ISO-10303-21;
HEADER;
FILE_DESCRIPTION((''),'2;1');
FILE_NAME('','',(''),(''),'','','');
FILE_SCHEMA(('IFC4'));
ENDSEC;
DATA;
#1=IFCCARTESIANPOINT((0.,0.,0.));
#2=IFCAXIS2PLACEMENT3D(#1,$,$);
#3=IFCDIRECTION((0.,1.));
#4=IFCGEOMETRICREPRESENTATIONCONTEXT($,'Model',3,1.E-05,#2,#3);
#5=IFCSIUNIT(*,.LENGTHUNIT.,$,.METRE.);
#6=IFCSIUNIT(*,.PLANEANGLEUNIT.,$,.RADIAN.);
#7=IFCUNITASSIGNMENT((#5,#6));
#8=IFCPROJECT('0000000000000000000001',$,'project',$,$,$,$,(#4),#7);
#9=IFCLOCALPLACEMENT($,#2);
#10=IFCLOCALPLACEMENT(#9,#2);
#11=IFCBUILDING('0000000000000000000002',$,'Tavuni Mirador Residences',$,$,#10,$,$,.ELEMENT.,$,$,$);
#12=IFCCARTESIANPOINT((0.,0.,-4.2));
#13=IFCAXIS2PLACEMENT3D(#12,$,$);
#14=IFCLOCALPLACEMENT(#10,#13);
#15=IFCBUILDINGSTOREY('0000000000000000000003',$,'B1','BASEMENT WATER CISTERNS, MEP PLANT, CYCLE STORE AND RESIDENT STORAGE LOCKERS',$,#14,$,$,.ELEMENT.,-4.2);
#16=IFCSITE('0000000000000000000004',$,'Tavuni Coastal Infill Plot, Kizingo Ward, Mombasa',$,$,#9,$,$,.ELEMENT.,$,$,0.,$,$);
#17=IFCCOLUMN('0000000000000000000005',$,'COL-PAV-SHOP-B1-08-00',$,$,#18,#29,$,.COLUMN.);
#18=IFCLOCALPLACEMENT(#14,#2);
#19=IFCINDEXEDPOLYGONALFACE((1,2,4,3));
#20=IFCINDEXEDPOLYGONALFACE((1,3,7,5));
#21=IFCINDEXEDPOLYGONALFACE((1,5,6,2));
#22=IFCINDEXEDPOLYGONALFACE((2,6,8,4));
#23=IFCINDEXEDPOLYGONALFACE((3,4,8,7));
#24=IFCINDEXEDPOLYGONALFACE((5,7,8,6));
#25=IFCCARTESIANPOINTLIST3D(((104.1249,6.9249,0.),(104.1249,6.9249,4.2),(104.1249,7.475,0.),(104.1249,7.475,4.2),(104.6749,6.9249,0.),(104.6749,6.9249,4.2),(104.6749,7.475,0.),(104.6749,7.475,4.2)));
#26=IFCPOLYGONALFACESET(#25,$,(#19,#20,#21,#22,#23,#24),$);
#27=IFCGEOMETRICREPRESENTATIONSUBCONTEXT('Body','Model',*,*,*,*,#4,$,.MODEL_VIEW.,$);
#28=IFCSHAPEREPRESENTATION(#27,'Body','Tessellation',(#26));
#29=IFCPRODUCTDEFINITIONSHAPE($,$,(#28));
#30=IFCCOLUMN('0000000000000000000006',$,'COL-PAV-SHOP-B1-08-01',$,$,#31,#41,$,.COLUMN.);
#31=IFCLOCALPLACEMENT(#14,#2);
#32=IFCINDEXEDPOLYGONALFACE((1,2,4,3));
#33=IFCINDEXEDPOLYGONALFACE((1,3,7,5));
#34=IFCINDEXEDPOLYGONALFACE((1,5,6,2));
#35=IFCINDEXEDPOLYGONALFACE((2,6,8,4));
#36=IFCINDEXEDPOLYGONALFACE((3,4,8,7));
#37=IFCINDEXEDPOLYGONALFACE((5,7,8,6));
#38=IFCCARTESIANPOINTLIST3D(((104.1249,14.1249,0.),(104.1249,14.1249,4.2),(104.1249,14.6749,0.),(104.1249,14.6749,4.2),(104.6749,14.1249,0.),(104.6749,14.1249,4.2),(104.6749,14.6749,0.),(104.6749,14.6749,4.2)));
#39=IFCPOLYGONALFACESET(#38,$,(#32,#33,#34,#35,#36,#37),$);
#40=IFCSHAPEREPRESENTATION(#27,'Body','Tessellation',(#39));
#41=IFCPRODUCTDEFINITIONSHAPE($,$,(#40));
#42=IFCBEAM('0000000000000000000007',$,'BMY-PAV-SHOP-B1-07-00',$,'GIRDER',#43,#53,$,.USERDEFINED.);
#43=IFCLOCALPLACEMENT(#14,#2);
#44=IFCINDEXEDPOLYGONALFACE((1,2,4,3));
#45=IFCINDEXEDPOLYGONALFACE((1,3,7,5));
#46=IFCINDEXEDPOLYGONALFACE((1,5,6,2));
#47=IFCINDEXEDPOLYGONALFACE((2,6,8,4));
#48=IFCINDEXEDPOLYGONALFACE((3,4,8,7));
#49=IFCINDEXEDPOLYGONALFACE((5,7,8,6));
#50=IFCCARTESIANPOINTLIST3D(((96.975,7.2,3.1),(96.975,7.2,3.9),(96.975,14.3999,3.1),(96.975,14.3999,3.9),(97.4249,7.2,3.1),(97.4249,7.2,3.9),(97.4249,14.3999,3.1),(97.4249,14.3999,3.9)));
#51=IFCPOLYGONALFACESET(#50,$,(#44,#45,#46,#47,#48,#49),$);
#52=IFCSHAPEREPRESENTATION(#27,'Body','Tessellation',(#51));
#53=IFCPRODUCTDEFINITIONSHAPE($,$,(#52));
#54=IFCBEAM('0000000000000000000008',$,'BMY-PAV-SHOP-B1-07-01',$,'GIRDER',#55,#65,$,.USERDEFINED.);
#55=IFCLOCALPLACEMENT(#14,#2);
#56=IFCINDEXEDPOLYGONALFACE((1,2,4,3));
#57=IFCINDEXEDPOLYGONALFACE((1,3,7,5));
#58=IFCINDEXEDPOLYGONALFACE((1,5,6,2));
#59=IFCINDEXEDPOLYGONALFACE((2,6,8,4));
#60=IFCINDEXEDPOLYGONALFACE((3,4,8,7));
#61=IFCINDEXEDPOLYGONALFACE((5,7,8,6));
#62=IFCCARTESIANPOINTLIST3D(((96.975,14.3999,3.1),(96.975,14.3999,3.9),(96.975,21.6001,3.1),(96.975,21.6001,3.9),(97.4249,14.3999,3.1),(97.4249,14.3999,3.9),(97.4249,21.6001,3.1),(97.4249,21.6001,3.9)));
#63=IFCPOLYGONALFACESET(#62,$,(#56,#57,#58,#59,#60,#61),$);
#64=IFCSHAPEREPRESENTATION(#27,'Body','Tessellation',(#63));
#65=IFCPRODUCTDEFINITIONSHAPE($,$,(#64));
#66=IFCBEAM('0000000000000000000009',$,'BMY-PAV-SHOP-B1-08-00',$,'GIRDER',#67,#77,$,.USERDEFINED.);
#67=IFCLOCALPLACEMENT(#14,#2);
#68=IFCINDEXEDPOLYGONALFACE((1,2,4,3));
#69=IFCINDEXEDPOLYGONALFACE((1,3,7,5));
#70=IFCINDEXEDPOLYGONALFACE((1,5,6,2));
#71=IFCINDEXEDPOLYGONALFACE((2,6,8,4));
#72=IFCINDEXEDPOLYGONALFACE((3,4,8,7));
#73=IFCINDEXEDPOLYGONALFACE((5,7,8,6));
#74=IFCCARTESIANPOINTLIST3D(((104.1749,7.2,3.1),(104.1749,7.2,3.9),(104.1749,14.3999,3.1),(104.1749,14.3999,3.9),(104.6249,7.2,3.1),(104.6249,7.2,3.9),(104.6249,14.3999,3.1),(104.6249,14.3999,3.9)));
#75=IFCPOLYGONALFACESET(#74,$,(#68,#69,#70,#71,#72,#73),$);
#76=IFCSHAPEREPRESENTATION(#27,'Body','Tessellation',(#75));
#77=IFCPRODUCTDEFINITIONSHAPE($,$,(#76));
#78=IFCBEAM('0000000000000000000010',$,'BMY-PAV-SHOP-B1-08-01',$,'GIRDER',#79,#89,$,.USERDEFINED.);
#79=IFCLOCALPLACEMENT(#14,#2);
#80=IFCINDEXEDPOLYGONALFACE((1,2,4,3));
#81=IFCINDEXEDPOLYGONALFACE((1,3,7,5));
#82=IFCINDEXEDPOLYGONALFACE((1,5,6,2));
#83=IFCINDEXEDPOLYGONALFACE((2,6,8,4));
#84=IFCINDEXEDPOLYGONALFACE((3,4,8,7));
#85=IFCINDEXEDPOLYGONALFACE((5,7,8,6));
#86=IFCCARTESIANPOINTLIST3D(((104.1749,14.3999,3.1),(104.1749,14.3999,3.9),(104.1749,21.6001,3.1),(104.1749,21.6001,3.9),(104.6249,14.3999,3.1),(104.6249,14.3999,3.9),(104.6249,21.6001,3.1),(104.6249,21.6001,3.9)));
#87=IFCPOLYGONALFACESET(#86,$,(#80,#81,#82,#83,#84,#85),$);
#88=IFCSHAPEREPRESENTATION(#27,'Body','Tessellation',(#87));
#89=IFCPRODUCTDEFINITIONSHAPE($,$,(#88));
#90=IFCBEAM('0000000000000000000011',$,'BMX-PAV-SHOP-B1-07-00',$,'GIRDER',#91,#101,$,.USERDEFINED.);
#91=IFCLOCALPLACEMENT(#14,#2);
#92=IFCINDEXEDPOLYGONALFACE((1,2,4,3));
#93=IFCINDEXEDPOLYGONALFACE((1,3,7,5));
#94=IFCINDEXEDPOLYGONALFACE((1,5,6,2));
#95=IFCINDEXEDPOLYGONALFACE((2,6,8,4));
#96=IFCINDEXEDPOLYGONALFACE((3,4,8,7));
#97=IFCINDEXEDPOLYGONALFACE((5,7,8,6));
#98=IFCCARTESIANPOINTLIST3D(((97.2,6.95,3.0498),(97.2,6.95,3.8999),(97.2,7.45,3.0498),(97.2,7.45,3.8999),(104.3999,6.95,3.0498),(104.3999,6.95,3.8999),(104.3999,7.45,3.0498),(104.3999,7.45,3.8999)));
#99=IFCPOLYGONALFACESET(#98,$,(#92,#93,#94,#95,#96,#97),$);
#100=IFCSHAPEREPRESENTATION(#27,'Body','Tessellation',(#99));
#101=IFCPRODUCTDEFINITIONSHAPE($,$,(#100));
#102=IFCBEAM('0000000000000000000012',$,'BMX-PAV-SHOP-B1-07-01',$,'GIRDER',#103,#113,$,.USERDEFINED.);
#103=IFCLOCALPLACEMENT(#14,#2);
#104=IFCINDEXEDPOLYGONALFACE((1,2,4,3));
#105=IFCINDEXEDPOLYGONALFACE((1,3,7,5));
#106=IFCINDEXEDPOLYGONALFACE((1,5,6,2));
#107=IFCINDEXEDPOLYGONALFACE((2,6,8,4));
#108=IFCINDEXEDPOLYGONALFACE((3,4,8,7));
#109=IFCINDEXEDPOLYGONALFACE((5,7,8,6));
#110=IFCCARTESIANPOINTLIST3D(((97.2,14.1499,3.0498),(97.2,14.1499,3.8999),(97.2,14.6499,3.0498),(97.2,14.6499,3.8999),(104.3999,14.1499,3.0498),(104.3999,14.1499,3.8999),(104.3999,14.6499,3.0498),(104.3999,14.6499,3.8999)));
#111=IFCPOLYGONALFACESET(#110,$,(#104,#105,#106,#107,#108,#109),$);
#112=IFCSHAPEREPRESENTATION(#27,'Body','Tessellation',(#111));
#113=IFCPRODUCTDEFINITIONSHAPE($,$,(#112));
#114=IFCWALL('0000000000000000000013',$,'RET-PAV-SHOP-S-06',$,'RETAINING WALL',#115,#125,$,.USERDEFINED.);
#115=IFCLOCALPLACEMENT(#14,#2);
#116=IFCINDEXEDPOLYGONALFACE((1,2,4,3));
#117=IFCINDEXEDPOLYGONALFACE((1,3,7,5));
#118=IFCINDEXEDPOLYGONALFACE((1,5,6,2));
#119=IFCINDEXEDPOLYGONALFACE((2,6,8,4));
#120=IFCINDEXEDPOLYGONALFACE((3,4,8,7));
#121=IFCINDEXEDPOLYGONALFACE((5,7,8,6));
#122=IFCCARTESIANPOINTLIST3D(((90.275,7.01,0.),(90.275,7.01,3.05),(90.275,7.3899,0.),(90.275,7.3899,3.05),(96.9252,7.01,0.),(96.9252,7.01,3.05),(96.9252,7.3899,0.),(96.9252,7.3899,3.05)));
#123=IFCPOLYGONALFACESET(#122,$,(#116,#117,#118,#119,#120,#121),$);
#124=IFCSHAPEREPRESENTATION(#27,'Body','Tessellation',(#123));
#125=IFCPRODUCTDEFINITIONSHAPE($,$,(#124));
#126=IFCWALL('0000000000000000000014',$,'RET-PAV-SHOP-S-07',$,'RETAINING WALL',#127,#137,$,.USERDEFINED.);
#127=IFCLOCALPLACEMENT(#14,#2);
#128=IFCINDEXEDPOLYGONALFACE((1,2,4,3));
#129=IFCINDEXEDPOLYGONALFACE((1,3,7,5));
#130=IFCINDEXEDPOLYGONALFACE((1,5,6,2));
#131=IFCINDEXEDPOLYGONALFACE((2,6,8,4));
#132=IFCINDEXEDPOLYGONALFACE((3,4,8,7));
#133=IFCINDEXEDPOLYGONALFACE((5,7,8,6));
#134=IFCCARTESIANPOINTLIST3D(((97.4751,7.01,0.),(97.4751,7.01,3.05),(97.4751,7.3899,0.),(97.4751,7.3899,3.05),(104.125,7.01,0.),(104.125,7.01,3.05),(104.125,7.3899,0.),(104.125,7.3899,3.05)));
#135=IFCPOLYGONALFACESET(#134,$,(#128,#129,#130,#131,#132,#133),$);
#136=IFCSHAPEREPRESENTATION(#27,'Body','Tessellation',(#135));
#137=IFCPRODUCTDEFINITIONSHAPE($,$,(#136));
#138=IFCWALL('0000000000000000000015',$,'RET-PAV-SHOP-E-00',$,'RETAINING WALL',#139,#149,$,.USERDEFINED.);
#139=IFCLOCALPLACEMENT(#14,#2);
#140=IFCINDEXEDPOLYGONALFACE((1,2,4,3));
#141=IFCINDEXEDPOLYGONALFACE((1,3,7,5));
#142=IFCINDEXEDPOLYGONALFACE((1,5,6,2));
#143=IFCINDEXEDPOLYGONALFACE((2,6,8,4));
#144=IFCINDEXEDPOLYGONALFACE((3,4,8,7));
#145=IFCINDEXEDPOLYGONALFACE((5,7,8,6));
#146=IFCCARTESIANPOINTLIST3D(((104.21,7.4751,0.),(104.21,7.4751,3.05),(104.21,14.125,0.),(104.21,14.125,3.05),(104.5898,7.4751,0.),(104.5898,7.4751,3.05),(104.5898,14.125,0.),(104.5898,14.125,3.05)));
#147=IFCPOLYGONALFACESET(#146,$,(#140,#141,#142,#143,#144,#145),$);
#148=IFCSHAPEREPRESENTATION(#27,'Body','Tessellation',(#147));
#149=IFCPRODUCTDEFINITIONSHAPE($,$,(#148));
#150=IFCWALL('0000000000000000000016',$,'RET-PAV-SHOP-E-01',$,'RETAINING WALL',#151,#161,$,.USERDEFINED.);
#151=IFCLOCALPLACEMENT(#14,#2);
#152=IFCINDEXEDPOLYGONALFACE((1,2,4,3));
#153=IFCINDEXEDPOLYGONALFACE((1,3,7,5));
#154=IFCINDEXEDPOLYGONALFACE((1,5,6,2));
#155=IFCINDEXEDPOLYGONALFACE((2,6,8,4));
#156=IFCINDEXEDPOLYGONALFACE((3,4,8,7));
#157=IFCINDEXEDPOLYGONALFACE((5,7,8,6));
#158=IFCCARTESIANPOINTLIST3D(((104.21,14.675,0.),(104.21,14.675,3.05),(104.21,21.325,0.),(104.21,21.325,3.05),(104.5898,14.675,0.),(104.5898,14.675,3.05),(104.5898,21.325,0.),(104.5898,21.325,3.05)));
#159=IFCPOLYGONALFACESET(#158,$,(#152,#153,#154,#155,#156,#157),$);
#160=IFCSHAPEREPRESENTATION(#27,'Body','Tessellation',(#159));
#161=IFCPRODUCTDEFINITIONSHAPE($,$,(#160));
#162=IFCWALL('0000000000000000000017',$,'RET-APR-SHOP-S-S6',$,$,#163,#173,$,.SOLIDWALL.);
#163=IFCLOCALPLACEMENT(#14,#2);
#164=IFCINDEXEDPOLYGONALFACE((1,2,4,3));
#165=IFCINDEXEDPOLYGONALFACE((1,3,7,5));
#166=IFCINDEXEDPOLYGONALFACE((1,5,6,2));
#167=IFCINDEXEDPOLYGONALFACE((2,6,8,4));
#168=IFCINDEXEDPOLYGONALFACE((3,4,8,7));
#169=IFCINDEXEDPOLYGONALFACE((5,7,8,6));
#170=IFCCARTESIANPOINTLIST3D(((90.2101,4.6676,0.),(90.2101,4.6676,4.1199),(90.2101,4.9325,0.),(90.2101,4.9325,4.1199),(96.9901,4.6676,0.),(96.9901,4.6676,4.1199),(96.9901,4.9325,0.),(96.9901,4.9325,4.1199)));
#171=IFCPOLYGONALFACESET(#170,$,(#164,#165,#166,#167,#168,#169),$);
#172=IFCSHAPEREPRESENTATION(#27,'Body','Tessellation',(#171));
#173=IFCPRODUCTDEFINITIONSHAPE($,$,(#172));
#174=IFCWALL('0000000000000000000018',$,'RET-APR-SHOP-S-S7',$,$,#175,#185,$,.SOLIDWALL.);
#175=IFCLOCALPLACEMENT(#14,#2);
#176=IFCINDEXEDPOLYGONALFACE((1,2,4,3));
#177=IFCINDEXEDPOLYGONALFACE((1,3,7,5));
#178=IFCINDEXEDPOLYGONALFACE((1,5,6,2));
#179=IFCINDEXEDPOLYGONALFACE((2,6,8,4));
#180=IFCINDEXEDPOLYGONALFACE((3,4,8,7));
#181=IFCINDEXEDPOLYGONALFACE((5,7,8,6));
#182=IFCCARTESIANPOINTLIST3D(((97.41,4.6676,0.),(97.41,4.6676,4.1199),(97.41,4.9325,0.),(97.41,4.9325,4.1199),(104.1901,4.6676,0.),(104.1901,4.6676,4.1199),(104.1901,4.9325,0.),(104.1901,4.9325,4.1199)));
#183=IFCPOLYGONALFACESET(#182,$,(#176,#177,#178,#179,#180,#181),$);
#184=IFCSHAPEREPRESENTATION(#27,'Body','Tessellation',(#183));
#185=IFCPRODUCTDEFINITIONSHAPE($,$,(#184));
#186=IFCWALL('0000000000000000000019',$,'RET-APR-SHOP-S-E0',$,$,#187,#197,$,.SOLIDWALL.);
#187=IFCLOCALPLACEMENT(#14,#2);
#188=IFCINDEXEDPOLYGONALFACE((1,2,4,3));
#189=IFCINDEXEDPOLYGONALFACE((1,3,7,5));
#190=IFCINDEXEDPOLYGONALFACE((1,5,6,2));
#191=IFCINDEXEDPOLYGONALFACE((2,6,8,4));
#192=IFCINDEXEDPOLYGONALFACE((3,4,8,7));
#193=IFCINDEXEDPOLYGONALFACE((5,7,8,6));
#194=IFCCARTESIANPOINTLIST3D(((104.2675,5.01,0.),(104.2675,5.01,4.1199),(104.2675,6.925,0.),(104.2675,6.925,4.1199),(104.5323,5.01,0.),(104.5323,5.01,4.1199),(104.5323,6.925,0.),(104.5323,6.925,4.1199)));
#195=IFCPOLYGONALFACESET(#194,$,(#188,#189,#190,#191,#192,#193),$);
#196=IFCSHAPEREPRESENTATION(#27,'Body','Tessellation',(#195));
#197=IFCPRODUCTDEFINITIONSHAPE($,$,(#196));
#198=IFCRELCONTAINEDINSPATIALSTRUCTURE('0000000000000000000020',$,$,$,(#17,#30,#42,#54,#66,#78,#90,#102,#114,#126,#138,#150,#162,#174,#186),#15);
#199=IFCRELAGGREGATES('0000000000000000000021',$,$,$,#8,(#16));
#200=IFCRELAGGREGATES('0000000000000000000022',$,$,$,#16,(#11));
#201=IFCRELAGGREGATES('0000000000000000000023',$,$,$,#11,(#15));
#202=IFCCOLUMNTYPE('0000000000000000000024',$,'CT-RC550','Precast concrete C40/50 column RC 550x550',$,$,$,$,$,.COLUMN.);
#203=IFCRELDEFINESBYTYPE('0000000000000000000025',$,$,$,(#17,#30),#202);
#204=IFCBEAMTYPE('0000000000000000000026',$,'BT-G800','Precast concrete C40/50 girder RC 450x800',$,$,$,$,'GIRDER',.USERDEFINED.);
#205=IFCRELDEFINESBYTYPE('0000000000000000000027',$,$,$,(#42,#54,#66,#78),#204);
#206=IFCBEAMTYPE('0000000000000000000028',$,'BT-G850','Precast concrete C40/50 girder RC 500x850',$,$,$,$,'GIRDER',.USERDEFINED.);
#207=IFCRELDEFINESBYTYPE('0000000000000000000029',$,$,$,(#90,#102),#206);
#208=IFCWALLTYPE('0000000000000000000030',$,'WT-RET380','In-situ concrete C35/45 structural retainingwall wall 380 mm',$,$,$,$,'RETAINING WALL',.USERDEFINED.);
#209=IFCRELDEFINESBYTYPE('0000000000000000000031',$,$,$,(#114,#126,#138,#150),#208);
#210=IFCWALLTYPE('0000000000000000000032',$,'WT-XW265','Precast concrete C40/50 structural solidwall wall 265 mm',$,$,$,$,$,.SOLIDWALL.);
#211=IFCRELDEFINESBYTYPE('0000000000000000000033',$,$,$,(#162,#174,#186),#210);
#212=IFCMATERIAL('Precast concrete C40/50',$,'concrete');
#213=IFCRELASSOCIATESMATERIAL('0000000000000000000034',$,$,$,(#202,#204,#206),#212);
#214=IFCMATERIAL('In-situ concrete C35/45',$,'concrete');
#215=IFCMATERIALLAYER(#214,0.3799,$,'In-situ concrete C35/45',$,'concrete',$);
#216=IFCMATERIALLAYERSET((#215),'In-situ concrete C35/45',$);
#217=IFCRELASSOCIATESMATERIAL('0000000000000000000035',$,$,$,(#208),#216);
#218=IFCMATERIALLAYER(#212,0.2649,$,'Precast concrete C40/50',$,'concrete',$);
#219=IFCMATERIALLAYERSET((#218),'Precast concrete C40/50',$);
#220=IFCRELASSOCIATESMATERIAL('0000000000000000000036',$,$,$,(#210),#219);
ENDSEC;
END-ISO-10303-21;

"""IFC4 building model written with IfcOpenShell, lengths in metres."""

from ifc_helpers import new_model, si_unit, direction, frame, frame_2d, origin, origin_2d, place, context, subcontext, project, spatial, rectangle, extrude, material, layer, layer_set, material_profile, profile_set, type_object, element, save


model = new_model("IFC4")

# Units and contexts
model_context = context("Model", 3, precision=1e-05, world=origin(), true_north=direction((0.0, 1.0)))
body_context = subcontext(model_context, "Body", "Model", "MODEL_VIEW")
ifc_project = project(units=[si_unit("LENGTHUNIT", "METRE"), si_unit("PLANEANGLEUNIT", "RADIAN")], contexts=[model_context])

# Site, building, storey
site_placement = place(None, origin())
site = spatial("IfcSite", under=ifc_project, at=site_placement, Name="Tavuni Coastal Infill Plot, Kizingo Ward, Mombasa", CompositionType="ELEMENT", RefElevation=0.0)
building_placement = place(site_placement, origin())
building = spatial("IfcBuilding", under=site, at=building_placement, Name="Tavuni Mirador Residences", CompositionType="ELEMENT")
storey_placement = place(building_placement, frame((0.0, 0.0, -4.2)))
storey = spatial("IfcBuildingStorey", under=building, at=storey_placement, Name="B1", Description="BASEMENT WATER CISTERNS, MEP PLANT, CYCLE STORE AND RESIDENT STORAGE LOCKERS", CompositionType="ELEMENT", Elevation=-4.2)

# Shared definitions
ifc_material_1 = material(Name="In-situ concrete C35/45", Category="concrete")

# Columns
ifc_material_2 = material(Name="Precast concrete C40/50", Category="concrete")
ifc_material_profile_1 = material_profile(ifc_material_2, rectangle(XDim=0.55, YDim=0.55, at=origin_2d()), Name="RC 550x550", Category="concrete")
ifc_profile_set_1 = profile_set([ifc_material_profile_1], Name="Precast concrete C40/50")
column_type_1 = type_object("IfcColumnType", Name="CT-RC550", Description="Precast concrete C40/50 column RC 550x550", PredefinedType="COLUMN", material=ifc_profile_set_1)
for number, where, z_axis, x_axis, name in (
    (1, (104.3999, 7.2, 0.0), (0.0, 0.0, 1.0), (1.0, 0.0, 0.0), "COL-PAV-SHOP-B1-08-00"),
    (2, (104.3999, 14.3999, 0.0), (0.0, 0.0, 1.0), (1.0, 0.0, 0.0), "COL-PAV-SHOP-B1-08-01"),
):
    element("IfcColumn", number, at=place(storey_placement, frame(where, z_axis=z_axis, x_axis=x_axis)), inside=storey, type_object=column_type_1, Name=name, PredefinedType="COLUMN", context=body_context, shape_type="SweptSolid", body=[
        extrude(rectangle(XDim=0.55, YDim=0.55, at=origin_2d()), origin(), (0.0, 0.0, 1.0), 4.2),
    ])

# Beams
ifc_material_profile_2 = material_profile(ifc_material_2, rectangle(XDim=0.45, YDim=0.8, at=origin_2d()), Name="RC 450x800", Category="concrete")
ifc_profile_set_2 = profile_set([ifc_material_profile_2], Name="Precast concrete C40/50")
beam_type_1 = type_object("IfcBeamType", Name="BT-G800", Description="Precast concrete C40/50 girder RC 450x800", ElementType="GIRDER", PredefinedType="USERDEFINED", material=ifc_profile_set_2)
beam_1_placement = place(storey_placement, frame((97.2, 7.2, 3.5), z_axis=(0.0, 1.0, 0.0), x_axis=(-1.0, 0.0, 0.0)))
element("IfcBeam", 3, at=beam_1_placement, inside=storey, type_object=beam_type_1, Name="BMY-PAV-SHOP-B1-07-00", ObjectType="GIRDER", PredefinedType="USERDEFINED", context=body_context, shape_type="SweptSolid", body=[
    extrude(rectangle(XDim=0.45, YDim=0.8, at=origin_2d()), origin(), (0.0, 0.0, 1.0), 7.2),
])
beam_2_placement = place(storey_placement, frame((97.2, 14.3999, 3.5), z_axis=(0.0, 1.0, 0.0), x_axis=(-1.0, 0.0, 0.0)))
element("IfcBeam", 4, at=beam_2_placement, inside=storey, type_object=beam_type_1, Name="BMY-PAV-SHOP-B1-07-01", ObjectType="GIRDER", PredefinedType="USERDEFINED", context=body_context, shape_type="SweptSolid", body=[
    extrude(rectangle(XDim=0.45, YDim=0.8, at=origin_2d()), origin(), (0.0, 0.0, 1.0), 7.2002),
])
beam_3_placement = place(storey_placement, frame((104.3999, 7.2, 3.5), z_axis=(0.0, 1.0, 0.0), x_axis=(-1.0, 0.0, 0.0)))
element("IfcBeam", 5, at=beam_3_placement, inside=storey, type_object=beam_type_1, Name="BMY-PAV-SHOP-B1-08-00", ObjectType="GIRDER", PredefinedType="USERDEFINED", context=body_context, shape_type="SweptSolid", body=[
    extrude(rectangle(XDim=0.45, YDim=0.8, at=origin_2d()), origin(), (0.0, 0.0, 1.0), 7.2),
])
beam_4_placement = place(storey_placement, frame((104.3999, 14.3999, 3.5), z_axis=(0.0, 1.0, 0.0), x_axis=(-1.0, 0.0, 0.0)))
element("IfcBeam", 6, at=beam_4_placement, inside=storey, type_object=beam_type_1, Name="BMY-PAV-SHOP-B1-08-01", ObjectType="GIRDER", PredefinedType="USERDEFINED", context=body_context, shape_type="SweptSolid", body=[
    extrude(rectangle(XDim=0.45, YDim=0.8, at=origin_2d()), origin(), (0.0, 0.0, 1.0), 7.2002),
])
ifc_material_profile_3 = material_profile(ifc_material_2, rectangle(XDim=0.5, YDim=0.8501, at=origin_2d()), Name="RC 500x850", Category="concrete")
ifc_profile_set_3 = profile_set([ifc_material_profile_3], Name="Precast concrete C40/50")
beam_type_2 = type_object("IfcBeamType", Name="BT-G850", Description="Precast concrete C40/50 girder RC 500x850", ElementType="GIRDER", PredefinedType="USERDEFINED", material=ifc_profile_set_3)
for number, where, z_axis, x_axis, name in (
    (7, (97.2, 7.2, 3.4749), (1.0, 0.0, 0.0), (0.0, 1.0, 0.0), "BMX-PAV-SHOP-B1-07-00"),
    (8, (97.2, 14.3999, 3.4749), (1.0, 0.0, 0.0), (0.0, 1.0, 0.0), "BMX-PAV-SHOP-B1-07-01"),
):
    element("IfcBeam", number, at=place(storey_placement, frame(where, z_axis=z_axis, x_axis=x_axis)), inside=storey, type_object=beam_type_2, Name=name, ObjectType="GIRDER", PredefinedType="USERDEFINED", context=body_context, shape_type="SweptSolid", body=[
        extrude(rectangle(XDim=0.5, YDim=0.8501, at=origin_2d()), origin(), (0.0, 0.0, 1.0), 7.2),
    ])

# Walls
ifc_layer_1 = layer(ifc_material_1, 0.3799, Name="In-situ concrete C35/45", Category="concrete")
ifc_layer_set_1 = layer_set([ifc_layer_1], Name="In-situ concrete C35/45")
wall_type_1 = type_object("IfcWallType", Name="WT-RET380", Description="In-situ concrete C35/45 structural retainingwall wall 380 mm", ElementType="RETAINING WALL", PredefinedType="USERDEFINED", material=ifc_layer_set_1)
wall_1_placement = place(storey_placement, frame((90.2749, 7.2, 0.0), z_axis=(0.0, 0.0, 1.0), x_axis=(1.0, 0.0, 0.0)))
element("IfcWall", 9, at=wall_1_placement, inside=storey, type_object=wall_type_1, Name="RET-PAV-SHOP-S-06", ObjectType="RETAINING WALL", PredefinedType="USERDEFINED", context=body_context, shape_type="SweptSolid", body=[
    extrude(rectangle(XDim=6.6501, YDim=0.3799, at=frame_2d((3.3252, 0.0))), origin(), (0.0, 0.0, 1.0), 3.05),
])
for number, where, z_axis, x_axis, name in (
    (10, (97.4751, 7.2, 0.0), (0.0, 0.0, 1.0), (1.0, 0.0, 0.0), "RET-PAV-SHOP-S-07"),
    (11, (104.3999, 7.4751, 0.0), (0.0, 0.0, 1.0), (0.0, 1.0, 0.0), "RET-PAV-SHOP-E-00"),
    (12, (104.3999, 14.675, 0.0), (0.0, 0.0, 1.0), (0.0, 1.0, 0.0), "RET-PAV-SHOP-E-01"),
):
    element("IfcWall", number, at=place(storey_placement, frame(where, z_axis=z_axis, x_axis=x_axis)), inside=storey, type_object=wall_type_1, Name=name, ObjectType="RETAINING WALL", PredefinedType="USERDEFINED", context=body_context, shape_type="SweptSolid", body=[
        extrude(rectangle(XDim=6.6499, YDim=0.3799, at=frame_2d((3.325, 0.0))), origin(), (0.0, 0.0, 1.0), 3.05),
    ])
ifc_layer_2 = layer(ifc_material_2, 0.2649, Name="Precast concrete C40/50", Category="concrete")
ifc_layer_set_2 = layer_set([ifc_layer_2], Name="Precast concrete C40/50")
wall_type_2 = type_object("IfcWallType", Name="WT-XW265", Description="Precast concrete C40/50 structural solidwall wall 265 mm", PredefinedType="SOLIDWALL", material=ifc_layer_set_2)
for number, where, z_axis, x_axis, name in (
    (13, (90.21, 4.8, 0.0), (0.0, 0.0, 1.0), (1.0, 0.0, 0.0), "RET-APR-SHOP-S-S6"),
    (14, (97.4099, 4.8, 0.0), (0.0, 0.0, 1.0), (1.0, 0.0, 0.0), "RET-APR-SHOP-S-S7"),
):
    element("IfcWall", number, at=place(storey_placement, frame(where, z_axis=z_axis, x_axis=x_axis)), inside=storey, type_object=wall_type_2, Name=name, PredefinedType="SOLIDWALL", context=body_context, shape_type="SweptSolid", body=[
        extrude(rectangle(XDim=6.78, YDim=0.2649, at=frame_2d((3.3901, 0.0))), origin(), (0.0, 0.0, 1.0), 4.1199),
    ])
wall_2_placement = place(storey_placement, frame((104.3999, 5.01, 0.0), z_axis=(0.0, 0.0, 1.0), x_axis=(0.0, 1.0, 0.0)))
element("IfcWall", 15, at=wall_2_placement, inside=storey, type_object=wall_type_2, Name="RET-APR-SHOP-S-E0", PredefinedType="SOLIDWALL", context=body_context, shape_type="SweptSolid", body=[
    extrude(rectangle(XDim=1.915, YDim=0.2649, at=frame_2d((0.9575, 0.0))), origin(), (0.0, 0.0, 1.0), 4.1199),
])

save(model, "model.ifc")
